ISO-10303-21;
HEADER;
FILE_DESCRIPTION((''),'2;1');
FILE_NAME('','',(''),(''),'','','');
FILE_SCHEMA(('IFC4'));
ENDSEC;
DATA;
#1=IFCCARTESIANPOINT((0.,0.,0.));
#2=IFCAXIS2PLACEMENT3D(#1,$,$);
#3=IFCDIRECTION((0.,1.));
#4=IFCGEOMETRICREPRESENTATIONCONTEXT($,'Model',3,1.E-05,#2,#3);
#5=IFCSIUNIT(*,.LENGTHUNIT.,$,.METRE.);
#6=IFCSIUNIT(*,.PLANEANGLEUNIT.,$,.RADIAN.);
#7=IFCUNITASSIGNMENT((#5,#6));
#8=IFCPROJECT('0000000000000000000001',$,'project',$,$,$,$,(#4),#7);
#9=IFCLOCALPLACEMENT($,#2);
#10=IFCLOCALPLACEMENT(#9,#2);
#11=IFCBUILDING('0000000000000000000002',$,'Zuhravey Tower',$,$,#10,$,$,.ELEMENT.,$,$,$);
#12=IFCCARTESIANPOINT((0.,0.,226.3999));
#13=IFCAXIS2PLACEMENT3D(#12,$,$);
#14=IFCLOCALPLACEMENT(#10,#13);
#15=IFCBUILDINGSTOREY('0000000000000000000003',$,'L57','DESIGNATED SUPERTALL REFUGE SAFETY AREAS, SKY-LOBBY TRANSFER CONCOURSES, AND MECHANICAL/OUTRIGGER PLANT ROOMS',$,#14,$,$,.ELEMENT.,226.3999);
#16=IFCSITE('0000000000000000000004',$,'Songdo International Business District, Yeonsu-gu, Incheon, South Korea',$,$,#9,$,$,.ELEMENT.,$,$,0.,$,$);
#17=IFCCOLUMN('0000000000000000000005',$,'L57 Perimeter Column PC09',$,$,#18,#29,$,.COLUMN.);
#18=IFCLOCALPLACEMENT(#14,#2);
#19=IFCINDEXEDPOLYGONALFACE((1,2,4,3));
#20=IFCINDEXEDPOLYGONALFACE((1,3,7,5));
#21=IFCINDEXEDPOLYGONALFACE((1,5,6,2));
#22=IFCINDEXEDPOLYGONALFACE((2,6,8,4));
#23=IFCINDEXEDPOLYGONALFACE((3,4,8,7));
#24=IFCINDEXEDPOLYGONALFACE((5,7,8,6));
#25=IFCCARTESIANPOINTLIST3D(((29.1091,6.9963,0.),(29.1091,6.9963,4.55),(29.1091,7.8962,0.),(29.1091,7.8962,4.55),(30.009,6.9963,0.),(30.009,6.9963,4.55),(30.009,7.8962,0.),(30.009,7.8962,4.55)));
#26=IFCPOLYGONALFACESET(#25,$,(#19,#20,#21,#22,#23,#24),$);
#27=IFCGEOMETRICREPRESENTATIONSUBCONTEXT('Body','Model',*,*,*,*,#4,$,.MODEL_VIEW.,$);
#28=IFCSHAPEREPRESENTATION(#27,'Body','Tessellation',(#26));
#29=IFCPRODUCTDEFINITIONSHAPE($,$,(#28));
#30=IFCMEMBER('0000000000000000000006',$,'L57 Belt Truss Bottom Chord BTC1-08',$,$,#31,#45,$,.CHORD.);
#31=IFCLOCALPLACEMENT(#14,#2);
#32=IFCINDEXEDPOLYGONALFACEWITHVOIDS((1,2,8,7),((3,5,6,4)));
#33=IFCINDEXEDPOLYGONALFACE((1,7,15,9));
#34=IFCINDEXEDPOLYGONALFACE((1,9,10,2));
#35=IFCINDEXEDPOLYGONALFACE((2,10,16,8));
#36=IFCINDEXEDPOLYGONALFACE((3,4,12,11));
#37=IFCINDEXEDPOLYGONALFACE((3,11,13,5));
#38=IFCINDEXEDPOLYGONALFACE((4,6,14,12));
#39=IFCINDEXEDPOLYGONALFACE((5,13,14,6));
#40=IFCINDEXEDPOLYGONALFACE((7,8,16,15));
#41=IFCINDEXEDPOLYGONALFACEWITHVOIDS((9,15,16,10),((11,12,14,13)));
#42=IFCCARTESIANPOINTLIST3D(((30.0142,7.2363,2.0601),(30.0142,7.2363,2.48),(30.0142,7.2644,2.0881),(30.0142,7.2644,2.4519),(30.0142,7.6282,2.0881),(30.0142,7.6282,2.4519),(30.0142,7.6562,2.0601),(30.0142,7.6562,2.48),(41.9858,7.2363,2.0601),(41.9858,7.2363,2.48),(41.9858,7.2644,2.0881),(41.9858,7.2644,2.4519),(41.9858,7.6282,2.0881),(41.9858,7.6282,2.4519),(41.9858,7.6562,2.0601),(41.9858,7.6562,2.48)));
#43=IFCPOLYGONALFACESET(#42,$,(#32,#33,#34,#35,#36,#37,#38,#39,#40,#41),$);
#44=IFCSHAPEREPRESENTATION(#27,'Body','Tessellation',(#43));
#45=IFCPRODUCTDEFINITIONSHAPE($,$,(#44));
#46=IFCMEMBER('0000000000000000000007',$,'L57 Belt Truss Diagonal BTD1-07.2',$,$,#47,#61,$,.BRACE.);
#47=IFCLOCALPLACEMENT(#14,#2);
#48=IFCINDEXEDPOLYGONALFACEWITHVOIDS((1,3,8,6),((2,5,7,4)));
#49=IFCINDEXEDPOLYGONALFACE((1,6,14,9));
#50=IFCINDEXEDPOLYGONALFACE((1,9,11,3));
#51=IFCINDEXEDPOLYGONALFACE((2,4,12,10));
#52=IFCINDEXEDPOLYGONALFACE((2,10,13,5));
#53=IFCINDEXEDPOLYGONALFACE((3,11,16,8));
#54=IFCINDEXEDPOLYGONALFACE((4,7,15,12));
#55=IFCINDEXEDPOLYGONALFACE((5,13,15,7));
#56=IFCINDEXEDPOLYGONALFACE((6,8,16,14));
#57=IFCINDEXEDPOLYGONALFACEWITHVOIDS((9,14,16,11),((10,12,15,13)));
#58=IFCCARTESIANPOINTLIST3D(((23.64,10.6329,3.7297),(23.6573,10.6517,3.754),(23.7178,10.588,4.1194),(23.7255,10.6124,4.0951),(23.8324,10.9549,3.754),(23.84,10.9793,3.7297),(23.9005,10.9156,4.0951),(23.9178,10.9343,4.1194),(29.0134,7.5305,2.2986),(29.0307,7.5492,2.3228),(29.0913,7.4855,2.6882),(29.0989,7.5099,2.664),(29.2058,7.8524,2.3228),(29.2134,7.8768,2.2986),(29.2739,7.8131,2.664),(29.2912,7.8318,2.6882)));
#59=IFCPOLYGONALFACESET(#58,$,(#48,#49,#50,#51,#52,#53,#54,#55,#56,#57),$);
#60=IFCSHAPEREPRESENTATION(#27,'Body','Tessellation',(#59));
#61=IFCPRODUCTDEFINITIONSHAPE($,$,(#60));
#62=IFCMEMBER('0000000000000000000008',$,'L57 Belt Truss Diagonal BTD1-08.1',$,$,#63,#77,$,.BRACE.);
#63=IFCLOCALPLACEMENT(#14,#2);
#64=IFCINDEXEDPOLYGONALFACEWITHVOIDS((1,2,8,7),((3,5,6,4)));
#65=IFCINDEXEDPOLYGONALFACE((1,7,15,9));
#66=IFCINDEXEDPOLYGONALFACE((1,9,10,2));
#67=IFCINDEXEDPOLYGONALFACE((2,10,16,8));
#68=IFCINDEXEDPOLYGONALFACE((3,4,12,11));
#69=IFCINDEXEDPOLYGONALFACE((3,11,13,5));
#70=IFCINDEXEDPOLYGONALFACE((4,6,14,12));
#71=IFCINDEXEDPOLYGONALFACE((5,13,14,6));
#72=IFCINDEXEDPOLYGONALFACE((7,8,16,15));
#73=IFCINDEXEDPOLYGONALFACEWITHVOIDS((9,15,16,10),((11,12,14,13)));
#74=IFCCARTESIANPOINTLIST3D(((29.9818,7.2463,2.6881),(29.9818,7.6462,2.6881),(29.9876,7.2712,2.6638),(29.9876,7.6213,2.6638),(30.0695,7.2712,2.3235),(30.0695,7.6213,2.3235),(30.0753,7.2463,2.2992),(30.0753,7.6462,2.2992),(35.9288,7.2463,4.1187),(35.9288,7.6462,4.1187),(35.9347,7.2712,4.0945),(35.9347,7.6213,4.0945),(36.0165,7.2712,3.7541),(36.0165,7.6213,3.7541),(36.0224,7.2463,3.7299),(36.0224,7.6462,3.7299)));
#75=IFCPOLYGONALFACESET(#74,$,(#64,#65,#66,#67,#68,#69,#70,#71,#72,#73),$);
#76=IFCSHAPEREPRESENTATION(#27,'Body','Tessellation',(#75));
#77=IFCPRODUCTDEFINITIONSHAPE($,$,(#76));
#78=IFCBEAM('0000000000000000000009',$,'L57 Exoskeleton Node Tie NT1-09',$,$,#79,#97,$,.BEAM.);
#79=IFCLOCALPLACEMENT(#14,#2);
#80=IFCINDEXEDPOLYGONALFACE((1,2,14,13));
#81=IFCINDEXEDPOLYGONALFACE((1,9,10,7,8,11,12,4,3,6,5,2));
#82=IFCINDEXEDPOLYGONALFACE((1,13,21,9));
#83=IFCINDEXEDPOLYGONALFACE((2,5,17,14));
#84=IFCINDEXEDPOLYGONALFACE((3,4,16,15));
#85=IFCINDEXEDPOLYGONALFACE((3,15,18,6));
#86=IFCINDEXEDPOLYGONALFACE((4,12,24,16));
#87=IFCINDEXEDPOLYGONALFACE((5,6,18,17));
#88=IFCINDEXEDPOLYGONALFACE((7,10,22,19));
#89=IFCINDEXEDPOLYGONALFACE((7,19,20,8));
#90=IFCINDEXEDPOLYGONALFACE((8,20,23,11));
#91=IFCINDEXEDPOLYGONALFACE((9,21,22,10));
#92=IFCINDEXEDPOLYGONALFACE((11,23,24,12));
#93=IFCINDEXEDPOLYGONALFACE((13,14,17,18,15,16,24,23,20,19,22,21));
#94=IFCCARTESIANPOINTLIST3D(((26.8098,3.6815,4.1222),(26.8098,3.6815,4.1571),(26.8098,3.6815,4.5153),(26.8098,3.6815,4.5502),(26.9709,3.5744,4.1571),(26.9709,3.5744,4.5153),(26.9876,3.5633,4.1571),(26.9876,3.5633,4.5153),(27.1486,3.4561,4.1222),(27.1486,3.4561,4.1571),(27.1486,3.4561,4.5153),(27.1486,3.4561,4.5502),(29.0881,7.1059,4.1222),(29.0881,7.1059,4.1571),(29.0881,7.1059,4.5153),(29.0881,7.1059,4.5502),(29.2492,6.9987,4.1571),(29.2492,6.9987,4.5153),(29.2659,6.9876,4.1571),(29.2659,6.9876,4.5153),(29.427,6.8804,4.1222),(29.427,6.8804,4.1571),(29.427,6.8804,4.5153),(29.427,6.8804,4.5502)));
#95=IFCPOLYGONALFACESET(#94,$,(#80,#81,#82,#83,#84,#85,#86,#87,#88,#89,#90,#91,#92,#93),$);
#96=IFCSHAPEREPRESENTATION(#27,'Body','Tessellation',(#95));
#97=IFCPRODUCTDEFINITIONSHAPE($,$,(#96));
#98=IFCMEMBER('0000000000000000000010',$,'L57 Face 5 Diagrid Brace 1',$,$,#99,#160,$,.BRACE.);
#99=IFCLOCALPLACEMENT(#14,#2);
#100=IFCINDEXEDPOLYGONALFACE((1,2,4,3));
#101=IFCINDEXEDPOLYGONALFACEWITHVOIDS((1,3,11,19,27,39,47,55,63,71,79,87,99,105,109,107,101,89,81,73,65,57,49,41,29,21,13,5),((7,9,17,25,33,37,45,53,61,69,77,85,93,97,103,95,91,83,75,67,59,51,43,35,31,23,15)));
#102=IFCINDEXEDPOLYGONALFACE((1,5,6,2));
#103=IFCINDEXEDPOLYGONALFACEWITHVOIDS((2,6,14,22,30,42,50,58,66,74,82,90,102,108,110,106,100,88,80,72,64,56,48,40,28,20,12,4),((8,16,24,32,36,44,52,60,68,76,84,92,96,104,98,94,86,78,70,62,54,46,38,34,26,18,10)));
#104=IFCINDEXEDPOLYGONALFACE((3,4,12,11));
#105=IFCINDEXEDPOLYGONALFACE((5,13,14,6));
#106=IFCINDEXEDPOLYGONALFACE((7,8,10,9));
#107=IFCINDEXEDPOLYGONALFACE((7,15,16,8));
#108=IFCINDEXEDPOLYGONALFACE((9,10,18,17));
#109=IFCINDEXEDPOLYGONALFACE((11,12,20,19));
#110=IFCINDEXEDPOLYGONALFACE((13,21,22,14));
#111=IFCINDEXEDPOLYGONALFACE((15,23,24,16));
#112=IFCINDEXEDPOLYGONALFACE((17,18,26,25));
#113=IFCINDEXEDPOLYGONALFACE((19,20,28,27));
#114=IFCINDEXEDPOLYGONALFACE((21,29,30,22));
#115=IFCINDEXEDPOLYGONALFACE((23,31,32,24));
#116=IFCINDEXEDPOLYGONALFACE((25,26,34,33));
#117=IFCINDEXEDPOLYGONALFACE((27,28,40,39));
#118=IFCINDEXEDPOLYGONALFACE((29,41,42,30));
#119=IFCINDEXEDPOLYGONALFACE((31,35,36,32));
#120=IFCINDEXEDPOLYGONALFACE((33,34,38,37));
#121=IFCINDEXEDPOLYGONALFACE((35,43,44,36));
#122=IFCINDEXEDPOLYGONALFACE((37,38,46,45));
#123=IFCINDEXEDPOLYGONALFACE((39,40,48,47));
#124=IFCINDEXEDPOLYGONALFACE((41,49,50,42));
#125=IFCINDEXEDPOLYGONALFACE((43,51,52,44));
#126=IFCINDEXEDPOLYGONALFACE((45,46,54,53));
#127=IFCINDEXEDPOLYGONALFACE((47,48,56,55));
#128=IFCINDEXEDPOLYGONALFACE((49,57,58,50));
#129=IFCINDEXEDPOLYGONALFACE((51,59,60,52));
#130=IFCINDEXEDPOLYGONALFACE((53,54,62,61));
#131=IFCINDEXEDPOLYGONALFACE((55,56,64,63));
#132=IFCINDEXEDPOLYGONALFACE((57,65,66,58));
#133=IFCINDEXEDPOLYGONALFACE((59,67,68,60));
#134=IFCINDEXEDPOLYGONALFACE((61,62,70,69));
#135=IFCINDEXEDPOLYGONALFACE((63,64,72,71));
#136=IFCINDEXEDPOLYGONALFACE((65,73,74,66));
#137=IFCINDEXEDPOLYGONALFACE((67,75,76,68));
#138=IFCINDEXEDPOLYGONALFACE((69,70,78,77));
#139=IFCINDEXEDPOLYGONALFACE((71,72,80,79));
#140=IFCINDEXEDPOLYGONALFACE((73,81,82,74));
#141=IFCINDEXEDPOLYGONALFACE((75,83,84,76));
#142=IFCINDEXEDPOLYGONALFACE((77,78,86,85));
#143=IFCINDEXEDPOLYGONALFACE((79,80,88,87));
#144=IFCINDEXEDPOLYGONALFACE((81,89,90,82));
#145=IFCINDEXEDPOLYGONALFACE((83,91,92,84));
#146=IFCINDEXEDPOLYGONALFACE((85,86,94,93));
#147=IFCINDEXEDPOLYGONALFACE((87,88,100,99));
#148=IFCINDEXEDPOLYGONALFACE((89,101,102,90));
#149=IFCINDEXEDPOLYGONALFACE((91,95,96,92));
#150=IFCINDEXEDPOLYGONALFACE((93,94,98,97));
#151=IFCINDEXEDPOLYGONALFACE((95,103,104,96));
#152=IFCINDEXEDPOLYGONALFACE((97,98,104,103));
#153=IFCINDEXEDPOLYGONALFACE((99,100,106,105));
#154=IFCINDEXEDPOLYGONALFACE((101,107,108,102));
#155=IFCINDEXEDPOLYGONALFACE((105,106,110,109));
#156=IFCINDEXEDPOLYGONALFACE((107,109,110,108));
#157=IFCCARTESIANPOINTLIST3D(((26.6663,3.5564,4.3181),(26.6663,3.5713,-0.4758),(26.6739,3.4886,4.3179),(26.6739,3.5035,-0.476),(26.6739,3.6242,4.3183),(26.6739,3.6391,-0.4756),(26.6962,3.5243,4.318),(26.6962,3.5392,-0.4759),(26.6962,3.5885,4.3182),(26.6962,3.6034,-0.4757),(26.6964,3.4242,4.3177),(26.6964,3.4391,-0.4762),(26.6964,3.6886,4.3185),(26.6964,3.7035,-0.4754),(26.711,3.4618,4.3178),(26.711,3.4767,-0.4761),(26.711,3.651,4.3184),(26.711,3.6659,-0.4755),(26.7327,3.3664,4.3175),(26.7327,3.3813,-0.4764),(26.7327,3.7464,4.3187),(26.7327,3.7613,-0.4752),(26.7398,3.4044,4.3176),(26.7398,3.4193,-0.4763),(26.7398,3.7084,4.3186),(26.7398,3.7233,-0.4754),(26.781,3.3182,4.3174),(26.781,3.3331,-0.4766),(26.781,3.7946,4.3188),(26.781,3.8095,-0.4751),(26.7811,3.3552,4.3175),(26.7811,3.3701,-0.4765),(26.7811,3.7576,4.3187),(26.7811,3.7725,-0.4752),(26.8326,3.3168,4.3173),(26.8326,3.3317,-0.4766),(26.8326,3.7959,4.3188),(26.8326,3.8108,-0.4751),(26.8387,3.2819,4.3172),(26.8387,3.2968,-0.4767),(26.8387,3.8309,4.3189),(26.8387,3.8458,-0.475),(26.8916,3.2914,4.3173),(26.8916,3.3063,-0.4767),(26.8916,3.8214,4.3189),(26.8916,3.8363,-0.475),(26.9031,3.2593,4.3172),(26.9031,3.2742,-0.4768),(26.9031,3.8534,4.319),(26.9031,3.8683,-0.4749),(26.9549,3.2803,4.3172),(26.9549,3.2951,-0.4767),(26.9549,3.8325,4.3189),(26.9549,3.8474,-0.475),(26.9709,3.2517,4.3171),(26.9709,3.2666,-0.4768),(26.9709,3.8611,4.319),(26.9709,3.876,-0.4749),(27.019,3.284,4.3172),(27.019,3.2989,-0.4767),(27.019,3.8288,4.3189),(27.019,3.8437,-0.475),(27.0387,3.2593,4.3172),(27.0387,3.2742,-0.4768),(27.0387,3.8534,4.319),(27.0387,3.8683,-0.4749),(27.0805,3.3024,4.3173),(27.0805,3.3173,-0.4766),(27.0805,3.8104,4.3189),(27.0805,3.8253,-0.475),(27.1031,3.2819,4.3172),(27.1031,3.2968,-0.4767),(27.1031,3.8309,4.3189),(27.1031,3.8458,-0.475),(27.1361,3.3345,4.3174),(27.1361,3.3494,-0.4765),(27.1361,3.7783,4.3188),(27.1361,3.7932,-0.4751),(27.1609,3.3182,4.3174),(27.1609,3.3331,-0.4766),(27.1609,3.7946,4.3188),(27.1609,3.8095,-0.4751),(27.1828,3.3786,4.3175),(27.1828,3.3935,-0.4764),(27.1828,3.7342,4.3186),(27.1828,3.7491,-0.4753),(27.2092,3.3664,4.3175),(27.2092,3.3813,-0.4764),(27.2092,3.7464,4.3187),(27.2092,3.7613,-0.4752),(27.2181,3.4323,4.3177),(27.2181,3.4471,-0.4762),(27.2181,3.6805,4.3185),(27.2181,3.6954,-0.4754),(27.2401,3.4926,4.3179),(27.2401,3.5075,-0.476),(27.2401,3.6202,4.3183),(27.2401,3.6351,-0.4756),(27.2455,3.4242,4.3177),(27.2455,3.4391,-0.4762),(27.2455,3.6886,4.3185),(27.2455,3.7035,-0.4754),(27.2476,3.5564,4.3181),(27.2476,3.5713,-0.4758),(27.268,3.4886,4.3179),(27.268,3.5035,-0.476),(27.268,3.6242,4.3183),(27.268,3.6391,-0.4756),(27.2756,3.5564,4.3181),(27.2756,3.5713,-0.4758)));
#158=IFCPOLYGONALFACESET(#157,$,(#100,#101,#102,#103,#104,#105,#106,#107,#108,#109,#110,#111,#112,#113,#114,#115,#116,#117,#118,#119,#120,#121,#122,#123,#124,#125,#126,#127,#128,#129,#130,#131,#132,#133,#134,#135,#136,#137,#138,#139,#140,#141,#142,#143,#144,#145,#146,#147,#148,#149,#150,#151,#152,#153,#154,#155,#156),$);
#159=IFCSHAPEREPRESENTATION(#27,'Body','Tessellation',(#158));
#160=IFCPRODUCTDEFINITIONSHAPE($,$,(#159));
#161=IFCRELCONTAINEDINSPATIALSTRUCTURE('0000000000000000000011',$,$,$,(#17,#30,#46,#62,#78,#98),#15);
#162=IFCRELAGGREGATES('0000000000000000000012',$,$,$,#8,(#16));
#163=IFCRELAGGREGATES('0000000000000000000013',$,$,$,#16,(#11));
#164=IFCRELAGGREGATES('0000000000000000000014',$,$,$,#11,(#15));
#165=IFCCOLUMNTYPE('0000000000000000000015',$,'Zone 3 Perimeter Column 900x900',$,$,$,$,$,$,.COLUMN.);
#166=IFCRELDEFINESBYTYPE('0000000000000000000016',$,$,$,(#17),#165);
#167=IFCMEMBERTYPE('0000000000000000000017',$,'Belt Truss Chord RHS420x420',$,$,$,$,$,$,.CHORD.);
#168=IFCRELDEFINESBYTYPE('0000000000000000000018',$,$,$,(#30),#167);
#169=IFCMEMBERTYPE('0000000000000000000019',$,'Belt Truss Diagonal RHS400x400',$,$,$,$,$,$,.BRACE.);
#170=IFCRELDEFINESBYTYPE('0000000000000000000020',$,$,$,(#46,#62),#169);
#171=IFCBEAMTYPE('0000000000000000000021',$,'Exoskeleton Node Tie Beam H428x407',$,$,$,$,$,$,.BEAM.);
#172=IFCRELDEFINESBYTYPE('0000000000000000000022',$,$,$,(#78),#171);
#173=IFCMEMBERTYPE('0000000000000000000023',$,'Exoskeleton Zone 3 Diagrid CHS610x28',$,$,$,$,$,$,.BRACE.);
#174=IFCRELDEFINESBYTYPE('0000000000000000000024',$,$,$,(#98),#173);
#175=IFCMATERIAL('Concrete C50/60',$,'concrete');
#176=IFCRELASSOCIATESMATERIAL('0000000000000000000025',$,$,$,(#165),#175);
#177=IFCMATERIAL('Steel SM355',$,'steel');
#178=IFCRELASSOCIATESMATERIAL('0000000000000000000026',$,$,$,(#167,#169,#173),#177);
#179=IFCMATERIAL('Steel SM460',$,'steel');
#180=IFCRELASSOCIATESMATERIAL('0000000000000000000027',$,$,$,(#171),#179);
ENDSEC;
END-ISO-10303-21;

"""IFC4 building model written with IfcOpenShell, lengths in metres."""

from ifc_helpers import new_model, si_unit, direction, frame, origin, origin_2d, place, context, subcontext, project, spatial, rectangle, hollow_rectangle, hollow_circle, i_section, extrude, material, material_profile, profile_set, type_object, element, save


model = new_model("IFC4")

# Units and contexts
model_context = context("Model", 3, precision=1e-05, world=origin(), true_north=direction((0.0, 1.0)))
body_context = subcontext(model_context, "Body", "Model", "MODEL_VIEW")
ifc_project = project(units=[si_unit("LENGTHUNIT", "METRE"), si_unit("PLANEANGLEUNIT", "RADIAN")], contexts=[model_context])

# Site, building, storey
site_placement = place(None, origin())
site = spatial("IfcSite", under=ifc_project, at=site_placement, Name="Songdo International Business District, Yeonsu-gu, Incheon, South Korea", CompositionType="ELEMENT", RefElevation=0.0)
building_placement = place(site_placement, origin())
building = spatial("IfcBuilding", under=site, at=building_placement, Name="Zuhravey Tower", CompositionType="ELEMENT")
storey_placement = place(building_placement, frame((0.0, 0.0, 226.3999)))
storey = spatial("IfcBuildingStorey", under=building, at=storey_placement, Name="L57", Description="DESIGNATED SUPERTALL REFUGE SAFETY AREAS, SKY-LOBBY TRANSFER CONCOURSES, AND MECHANICAL/OUTRIGGER PLANT ROOMS", CompositionType="ELEMENT", Elevation=226.3999)

# Column
ifc_material_1 = material(Name="Concrete C50/60", Category="concrete")
ifc_material_profile_1 = material_profile(ifc_material_1, rectangle(XDim=0.8999, YDim=0.8999, at=origin_2d()), Name="RC-900x900")
ifc_profile_set_1 = profile_set([ifc_material_profile_1], Name="Concrete C50/60")
column_type = type_object("IfcColumnType", Name="Zone 3 Perimeter Column 900x900", PredefinedType="COLUMN", material=ifc_profile_set_1)
column_placement = place(storey_placement, frame((29.5591, 7.4463, 0.0), z_axis=(0.0, 0.0, 1.0), x_axis=(1.0, 0.0, 0.0)))
element("IfcColumn", 1, at=column_placement, inside=storey, type_object=column_type, Name="L57 Perimeter Column PC09", PredefinedType="COLUMN", context=body_context, shape_type="SweptSolid", body=[
    extrude(rectangle(XDim=0.8999, YDim=0.8999, at=origin_2d()), origin(), (0.0, 0.0, 1.0), 4.55),
])

# Members
ifc_material_2 = material(Name="Steel SM355", Category="steel")
ifc_material_profile_2 = material_profile(ifc_material_2, hollow_rectangle(XDim=0.4199, YDim=0.4199, WallThickness=0.0281, at=origin_2d()), Name="RHS-420x420x28")
ifc_profile_set_2 = profile_set([ifc_material_profile_2], Name="Steel SM355")
member_type_1 = type_object("IfcMemberType", Name="Belt Truss Chord RHS420x420", PredefinedType="CHORD", material=ifc_profile_set_2)
member_1_placement = place(storey_placement, frame((30.0142, 7.4463, 2.27), z_axis=(1.0, 0.0, 0.0), x_axis=(0.0, 1.0, 0.0)))
element("IfcMember", 2, at=member_1_placement, inside=storey, type_object=member_type_1, Name="L57 Belt Truss Bottom Chord BTC1-08", PredefinedType="CHORD", context=body_context, shape_type="SweptSolid", body=[
    extrude(hollow_rectangle(XDim=0.4199, YDim=0.4199, WallThickness=0.0281, at=origin_2d()), origin(), (0.0, 0.0, 1.0), 11.9717),
])
ifc_material_profile_3 = material_profile(ifc_material_2, hollow_rectangle(XDim=0.3999, YDim=0.3999, WallThickness=0.0249, at=origin_2d()), Name="RHS-400x400x25")
ifc_profile_set_3 = profile_set([ifc_material_profile_3], Name="Steel SM355")
member_type_2 = type_object("IfcMemberType", Name="Belt Truss Diagonal RHS400x400", PredefinedType="BRACE", material=ifc_profile_set_3)
member_2_placement = place(storey_placement, frame((29.1523, 7.6812, 2.4934), z_axis=(-0.843861, 0.487223, 0.224748), x_axis=(-0.500015, -0.866017, 0.0)))
element("IfcMember", 3, at=member_2_placement, inside=storey, type_object=member_type_2, Name="L57 Belt Truss Diagonal BTD1-07.2", PredefinedType="BRACE", context=body_context, shape_type="SweptSolid", body=[
    extrude(hollow_rectangle(XDim=0.3999, YDim=0.3999, WallThickness=0.0249, at=origin_2d()), origin(), (0.0, 0.0, 1.0), 6.3677),
])
member_3_placement = place(storey_placement, frame((30.0286, 7.4463, 2.4937), z_axis=(0.972262, 0.0, 0.233895), x_axis=(0.0, 1.0, 0.0)))
element("IfcMember", 4, at=member_3_placement, inside=storey, type_object=member_type_2, Name="L57 Belt Truss Diagonal BTD1-08.1", PredefinedType="BRACE", context=body_context, shape_type="SweptSolid", body=[
    extrude(hollow_rectangle(XDim=0.3999, YDim=0.3999, WallThickness=0.0249, at=origin_2d()), origin(), (0.0, 0.0, 1.0), 6.1167),
])

# Beam
ifc_material_3 = material(Name="Steel SM460", Category="steel")
ifc_material_profile_4 = material_profile(ifc_material_3, i_section(OverallWidth=0.407, OverallDepth=0.428, WebThickness=0.02, FlangeThickness=0.0349, at=origin_2d()), Name="H-428x407x20x35")
ifc_profile_set_4 = profile_set([ifc_material_profile_4], Name="Steel SM460")
beam_type_1 = type_object("IfcBeamType", Name="Exoskeleton Node Tie Beam H428x407", PredefinedType="BEAM", material=ifc_profile_set_4)
beam_1_placement = place(storey_placement, frame((29.2576, 6.9932, 4.3362), z_axis=(-0.553933, -0.832561, 0.0), x_axis=(0.832561, -0.553933, 0.0)))
element("IfcBeam", 5, at=beam_1_placement, inside=storey, type_object=beam_type_1, Name="L57 Exoskeleton Node Tie NT1-09", PredefinedType="BEAM", context=body_context, shape_type="SweptSolid", body=[
    extrude(i_section(OverallWidth=0.407, OverallDepth=0.428, WebThickness=0.02, FlangeThickness=0.0349, at=origin_2d()), origin(), (0.0, 0.0, 1.0), 4.113),
])

# Member
ifc_material_profile_5 = material_profile(ifc_material_2, hollow_circle(Radius=0.3047, WallThickness=0.0281, at=origin_2d()), Name="CHS-609.6x28")
ifc_profile_set_5 = profile_set([ifc_material_profile_5], Name="Steel SM355")
member_type_3 = type_object("IfcMemberType", Name="Exoskeleton Zone 3 Diagrid CHS610x28", PredefinedType="BRACE", material=ifc_profile_set_5)
member_4_placement = place(storey_placement, frame((26.9709, 3.5713, -0.4758), z_axis=(0.0, -0.003107, 0.999995), x_axis=(1.0, 0.0, 0.0)))
element("IfcMember", 6, at=member_4_placement, inside=storey, type_object=member_type_3, Name="L57 Face 5 Diagrid Brace 1", PredefinedType="BRACE", context=body_context, shape_type="SweptSolid", body=[
    extrude(hollow_circle(Radius=0.3047, WallThickness=0.0281, at=origin_2d()), origin(), (0.0, 0.0, 1.0), 4.7939),
])

save(model, "model.ifc")
